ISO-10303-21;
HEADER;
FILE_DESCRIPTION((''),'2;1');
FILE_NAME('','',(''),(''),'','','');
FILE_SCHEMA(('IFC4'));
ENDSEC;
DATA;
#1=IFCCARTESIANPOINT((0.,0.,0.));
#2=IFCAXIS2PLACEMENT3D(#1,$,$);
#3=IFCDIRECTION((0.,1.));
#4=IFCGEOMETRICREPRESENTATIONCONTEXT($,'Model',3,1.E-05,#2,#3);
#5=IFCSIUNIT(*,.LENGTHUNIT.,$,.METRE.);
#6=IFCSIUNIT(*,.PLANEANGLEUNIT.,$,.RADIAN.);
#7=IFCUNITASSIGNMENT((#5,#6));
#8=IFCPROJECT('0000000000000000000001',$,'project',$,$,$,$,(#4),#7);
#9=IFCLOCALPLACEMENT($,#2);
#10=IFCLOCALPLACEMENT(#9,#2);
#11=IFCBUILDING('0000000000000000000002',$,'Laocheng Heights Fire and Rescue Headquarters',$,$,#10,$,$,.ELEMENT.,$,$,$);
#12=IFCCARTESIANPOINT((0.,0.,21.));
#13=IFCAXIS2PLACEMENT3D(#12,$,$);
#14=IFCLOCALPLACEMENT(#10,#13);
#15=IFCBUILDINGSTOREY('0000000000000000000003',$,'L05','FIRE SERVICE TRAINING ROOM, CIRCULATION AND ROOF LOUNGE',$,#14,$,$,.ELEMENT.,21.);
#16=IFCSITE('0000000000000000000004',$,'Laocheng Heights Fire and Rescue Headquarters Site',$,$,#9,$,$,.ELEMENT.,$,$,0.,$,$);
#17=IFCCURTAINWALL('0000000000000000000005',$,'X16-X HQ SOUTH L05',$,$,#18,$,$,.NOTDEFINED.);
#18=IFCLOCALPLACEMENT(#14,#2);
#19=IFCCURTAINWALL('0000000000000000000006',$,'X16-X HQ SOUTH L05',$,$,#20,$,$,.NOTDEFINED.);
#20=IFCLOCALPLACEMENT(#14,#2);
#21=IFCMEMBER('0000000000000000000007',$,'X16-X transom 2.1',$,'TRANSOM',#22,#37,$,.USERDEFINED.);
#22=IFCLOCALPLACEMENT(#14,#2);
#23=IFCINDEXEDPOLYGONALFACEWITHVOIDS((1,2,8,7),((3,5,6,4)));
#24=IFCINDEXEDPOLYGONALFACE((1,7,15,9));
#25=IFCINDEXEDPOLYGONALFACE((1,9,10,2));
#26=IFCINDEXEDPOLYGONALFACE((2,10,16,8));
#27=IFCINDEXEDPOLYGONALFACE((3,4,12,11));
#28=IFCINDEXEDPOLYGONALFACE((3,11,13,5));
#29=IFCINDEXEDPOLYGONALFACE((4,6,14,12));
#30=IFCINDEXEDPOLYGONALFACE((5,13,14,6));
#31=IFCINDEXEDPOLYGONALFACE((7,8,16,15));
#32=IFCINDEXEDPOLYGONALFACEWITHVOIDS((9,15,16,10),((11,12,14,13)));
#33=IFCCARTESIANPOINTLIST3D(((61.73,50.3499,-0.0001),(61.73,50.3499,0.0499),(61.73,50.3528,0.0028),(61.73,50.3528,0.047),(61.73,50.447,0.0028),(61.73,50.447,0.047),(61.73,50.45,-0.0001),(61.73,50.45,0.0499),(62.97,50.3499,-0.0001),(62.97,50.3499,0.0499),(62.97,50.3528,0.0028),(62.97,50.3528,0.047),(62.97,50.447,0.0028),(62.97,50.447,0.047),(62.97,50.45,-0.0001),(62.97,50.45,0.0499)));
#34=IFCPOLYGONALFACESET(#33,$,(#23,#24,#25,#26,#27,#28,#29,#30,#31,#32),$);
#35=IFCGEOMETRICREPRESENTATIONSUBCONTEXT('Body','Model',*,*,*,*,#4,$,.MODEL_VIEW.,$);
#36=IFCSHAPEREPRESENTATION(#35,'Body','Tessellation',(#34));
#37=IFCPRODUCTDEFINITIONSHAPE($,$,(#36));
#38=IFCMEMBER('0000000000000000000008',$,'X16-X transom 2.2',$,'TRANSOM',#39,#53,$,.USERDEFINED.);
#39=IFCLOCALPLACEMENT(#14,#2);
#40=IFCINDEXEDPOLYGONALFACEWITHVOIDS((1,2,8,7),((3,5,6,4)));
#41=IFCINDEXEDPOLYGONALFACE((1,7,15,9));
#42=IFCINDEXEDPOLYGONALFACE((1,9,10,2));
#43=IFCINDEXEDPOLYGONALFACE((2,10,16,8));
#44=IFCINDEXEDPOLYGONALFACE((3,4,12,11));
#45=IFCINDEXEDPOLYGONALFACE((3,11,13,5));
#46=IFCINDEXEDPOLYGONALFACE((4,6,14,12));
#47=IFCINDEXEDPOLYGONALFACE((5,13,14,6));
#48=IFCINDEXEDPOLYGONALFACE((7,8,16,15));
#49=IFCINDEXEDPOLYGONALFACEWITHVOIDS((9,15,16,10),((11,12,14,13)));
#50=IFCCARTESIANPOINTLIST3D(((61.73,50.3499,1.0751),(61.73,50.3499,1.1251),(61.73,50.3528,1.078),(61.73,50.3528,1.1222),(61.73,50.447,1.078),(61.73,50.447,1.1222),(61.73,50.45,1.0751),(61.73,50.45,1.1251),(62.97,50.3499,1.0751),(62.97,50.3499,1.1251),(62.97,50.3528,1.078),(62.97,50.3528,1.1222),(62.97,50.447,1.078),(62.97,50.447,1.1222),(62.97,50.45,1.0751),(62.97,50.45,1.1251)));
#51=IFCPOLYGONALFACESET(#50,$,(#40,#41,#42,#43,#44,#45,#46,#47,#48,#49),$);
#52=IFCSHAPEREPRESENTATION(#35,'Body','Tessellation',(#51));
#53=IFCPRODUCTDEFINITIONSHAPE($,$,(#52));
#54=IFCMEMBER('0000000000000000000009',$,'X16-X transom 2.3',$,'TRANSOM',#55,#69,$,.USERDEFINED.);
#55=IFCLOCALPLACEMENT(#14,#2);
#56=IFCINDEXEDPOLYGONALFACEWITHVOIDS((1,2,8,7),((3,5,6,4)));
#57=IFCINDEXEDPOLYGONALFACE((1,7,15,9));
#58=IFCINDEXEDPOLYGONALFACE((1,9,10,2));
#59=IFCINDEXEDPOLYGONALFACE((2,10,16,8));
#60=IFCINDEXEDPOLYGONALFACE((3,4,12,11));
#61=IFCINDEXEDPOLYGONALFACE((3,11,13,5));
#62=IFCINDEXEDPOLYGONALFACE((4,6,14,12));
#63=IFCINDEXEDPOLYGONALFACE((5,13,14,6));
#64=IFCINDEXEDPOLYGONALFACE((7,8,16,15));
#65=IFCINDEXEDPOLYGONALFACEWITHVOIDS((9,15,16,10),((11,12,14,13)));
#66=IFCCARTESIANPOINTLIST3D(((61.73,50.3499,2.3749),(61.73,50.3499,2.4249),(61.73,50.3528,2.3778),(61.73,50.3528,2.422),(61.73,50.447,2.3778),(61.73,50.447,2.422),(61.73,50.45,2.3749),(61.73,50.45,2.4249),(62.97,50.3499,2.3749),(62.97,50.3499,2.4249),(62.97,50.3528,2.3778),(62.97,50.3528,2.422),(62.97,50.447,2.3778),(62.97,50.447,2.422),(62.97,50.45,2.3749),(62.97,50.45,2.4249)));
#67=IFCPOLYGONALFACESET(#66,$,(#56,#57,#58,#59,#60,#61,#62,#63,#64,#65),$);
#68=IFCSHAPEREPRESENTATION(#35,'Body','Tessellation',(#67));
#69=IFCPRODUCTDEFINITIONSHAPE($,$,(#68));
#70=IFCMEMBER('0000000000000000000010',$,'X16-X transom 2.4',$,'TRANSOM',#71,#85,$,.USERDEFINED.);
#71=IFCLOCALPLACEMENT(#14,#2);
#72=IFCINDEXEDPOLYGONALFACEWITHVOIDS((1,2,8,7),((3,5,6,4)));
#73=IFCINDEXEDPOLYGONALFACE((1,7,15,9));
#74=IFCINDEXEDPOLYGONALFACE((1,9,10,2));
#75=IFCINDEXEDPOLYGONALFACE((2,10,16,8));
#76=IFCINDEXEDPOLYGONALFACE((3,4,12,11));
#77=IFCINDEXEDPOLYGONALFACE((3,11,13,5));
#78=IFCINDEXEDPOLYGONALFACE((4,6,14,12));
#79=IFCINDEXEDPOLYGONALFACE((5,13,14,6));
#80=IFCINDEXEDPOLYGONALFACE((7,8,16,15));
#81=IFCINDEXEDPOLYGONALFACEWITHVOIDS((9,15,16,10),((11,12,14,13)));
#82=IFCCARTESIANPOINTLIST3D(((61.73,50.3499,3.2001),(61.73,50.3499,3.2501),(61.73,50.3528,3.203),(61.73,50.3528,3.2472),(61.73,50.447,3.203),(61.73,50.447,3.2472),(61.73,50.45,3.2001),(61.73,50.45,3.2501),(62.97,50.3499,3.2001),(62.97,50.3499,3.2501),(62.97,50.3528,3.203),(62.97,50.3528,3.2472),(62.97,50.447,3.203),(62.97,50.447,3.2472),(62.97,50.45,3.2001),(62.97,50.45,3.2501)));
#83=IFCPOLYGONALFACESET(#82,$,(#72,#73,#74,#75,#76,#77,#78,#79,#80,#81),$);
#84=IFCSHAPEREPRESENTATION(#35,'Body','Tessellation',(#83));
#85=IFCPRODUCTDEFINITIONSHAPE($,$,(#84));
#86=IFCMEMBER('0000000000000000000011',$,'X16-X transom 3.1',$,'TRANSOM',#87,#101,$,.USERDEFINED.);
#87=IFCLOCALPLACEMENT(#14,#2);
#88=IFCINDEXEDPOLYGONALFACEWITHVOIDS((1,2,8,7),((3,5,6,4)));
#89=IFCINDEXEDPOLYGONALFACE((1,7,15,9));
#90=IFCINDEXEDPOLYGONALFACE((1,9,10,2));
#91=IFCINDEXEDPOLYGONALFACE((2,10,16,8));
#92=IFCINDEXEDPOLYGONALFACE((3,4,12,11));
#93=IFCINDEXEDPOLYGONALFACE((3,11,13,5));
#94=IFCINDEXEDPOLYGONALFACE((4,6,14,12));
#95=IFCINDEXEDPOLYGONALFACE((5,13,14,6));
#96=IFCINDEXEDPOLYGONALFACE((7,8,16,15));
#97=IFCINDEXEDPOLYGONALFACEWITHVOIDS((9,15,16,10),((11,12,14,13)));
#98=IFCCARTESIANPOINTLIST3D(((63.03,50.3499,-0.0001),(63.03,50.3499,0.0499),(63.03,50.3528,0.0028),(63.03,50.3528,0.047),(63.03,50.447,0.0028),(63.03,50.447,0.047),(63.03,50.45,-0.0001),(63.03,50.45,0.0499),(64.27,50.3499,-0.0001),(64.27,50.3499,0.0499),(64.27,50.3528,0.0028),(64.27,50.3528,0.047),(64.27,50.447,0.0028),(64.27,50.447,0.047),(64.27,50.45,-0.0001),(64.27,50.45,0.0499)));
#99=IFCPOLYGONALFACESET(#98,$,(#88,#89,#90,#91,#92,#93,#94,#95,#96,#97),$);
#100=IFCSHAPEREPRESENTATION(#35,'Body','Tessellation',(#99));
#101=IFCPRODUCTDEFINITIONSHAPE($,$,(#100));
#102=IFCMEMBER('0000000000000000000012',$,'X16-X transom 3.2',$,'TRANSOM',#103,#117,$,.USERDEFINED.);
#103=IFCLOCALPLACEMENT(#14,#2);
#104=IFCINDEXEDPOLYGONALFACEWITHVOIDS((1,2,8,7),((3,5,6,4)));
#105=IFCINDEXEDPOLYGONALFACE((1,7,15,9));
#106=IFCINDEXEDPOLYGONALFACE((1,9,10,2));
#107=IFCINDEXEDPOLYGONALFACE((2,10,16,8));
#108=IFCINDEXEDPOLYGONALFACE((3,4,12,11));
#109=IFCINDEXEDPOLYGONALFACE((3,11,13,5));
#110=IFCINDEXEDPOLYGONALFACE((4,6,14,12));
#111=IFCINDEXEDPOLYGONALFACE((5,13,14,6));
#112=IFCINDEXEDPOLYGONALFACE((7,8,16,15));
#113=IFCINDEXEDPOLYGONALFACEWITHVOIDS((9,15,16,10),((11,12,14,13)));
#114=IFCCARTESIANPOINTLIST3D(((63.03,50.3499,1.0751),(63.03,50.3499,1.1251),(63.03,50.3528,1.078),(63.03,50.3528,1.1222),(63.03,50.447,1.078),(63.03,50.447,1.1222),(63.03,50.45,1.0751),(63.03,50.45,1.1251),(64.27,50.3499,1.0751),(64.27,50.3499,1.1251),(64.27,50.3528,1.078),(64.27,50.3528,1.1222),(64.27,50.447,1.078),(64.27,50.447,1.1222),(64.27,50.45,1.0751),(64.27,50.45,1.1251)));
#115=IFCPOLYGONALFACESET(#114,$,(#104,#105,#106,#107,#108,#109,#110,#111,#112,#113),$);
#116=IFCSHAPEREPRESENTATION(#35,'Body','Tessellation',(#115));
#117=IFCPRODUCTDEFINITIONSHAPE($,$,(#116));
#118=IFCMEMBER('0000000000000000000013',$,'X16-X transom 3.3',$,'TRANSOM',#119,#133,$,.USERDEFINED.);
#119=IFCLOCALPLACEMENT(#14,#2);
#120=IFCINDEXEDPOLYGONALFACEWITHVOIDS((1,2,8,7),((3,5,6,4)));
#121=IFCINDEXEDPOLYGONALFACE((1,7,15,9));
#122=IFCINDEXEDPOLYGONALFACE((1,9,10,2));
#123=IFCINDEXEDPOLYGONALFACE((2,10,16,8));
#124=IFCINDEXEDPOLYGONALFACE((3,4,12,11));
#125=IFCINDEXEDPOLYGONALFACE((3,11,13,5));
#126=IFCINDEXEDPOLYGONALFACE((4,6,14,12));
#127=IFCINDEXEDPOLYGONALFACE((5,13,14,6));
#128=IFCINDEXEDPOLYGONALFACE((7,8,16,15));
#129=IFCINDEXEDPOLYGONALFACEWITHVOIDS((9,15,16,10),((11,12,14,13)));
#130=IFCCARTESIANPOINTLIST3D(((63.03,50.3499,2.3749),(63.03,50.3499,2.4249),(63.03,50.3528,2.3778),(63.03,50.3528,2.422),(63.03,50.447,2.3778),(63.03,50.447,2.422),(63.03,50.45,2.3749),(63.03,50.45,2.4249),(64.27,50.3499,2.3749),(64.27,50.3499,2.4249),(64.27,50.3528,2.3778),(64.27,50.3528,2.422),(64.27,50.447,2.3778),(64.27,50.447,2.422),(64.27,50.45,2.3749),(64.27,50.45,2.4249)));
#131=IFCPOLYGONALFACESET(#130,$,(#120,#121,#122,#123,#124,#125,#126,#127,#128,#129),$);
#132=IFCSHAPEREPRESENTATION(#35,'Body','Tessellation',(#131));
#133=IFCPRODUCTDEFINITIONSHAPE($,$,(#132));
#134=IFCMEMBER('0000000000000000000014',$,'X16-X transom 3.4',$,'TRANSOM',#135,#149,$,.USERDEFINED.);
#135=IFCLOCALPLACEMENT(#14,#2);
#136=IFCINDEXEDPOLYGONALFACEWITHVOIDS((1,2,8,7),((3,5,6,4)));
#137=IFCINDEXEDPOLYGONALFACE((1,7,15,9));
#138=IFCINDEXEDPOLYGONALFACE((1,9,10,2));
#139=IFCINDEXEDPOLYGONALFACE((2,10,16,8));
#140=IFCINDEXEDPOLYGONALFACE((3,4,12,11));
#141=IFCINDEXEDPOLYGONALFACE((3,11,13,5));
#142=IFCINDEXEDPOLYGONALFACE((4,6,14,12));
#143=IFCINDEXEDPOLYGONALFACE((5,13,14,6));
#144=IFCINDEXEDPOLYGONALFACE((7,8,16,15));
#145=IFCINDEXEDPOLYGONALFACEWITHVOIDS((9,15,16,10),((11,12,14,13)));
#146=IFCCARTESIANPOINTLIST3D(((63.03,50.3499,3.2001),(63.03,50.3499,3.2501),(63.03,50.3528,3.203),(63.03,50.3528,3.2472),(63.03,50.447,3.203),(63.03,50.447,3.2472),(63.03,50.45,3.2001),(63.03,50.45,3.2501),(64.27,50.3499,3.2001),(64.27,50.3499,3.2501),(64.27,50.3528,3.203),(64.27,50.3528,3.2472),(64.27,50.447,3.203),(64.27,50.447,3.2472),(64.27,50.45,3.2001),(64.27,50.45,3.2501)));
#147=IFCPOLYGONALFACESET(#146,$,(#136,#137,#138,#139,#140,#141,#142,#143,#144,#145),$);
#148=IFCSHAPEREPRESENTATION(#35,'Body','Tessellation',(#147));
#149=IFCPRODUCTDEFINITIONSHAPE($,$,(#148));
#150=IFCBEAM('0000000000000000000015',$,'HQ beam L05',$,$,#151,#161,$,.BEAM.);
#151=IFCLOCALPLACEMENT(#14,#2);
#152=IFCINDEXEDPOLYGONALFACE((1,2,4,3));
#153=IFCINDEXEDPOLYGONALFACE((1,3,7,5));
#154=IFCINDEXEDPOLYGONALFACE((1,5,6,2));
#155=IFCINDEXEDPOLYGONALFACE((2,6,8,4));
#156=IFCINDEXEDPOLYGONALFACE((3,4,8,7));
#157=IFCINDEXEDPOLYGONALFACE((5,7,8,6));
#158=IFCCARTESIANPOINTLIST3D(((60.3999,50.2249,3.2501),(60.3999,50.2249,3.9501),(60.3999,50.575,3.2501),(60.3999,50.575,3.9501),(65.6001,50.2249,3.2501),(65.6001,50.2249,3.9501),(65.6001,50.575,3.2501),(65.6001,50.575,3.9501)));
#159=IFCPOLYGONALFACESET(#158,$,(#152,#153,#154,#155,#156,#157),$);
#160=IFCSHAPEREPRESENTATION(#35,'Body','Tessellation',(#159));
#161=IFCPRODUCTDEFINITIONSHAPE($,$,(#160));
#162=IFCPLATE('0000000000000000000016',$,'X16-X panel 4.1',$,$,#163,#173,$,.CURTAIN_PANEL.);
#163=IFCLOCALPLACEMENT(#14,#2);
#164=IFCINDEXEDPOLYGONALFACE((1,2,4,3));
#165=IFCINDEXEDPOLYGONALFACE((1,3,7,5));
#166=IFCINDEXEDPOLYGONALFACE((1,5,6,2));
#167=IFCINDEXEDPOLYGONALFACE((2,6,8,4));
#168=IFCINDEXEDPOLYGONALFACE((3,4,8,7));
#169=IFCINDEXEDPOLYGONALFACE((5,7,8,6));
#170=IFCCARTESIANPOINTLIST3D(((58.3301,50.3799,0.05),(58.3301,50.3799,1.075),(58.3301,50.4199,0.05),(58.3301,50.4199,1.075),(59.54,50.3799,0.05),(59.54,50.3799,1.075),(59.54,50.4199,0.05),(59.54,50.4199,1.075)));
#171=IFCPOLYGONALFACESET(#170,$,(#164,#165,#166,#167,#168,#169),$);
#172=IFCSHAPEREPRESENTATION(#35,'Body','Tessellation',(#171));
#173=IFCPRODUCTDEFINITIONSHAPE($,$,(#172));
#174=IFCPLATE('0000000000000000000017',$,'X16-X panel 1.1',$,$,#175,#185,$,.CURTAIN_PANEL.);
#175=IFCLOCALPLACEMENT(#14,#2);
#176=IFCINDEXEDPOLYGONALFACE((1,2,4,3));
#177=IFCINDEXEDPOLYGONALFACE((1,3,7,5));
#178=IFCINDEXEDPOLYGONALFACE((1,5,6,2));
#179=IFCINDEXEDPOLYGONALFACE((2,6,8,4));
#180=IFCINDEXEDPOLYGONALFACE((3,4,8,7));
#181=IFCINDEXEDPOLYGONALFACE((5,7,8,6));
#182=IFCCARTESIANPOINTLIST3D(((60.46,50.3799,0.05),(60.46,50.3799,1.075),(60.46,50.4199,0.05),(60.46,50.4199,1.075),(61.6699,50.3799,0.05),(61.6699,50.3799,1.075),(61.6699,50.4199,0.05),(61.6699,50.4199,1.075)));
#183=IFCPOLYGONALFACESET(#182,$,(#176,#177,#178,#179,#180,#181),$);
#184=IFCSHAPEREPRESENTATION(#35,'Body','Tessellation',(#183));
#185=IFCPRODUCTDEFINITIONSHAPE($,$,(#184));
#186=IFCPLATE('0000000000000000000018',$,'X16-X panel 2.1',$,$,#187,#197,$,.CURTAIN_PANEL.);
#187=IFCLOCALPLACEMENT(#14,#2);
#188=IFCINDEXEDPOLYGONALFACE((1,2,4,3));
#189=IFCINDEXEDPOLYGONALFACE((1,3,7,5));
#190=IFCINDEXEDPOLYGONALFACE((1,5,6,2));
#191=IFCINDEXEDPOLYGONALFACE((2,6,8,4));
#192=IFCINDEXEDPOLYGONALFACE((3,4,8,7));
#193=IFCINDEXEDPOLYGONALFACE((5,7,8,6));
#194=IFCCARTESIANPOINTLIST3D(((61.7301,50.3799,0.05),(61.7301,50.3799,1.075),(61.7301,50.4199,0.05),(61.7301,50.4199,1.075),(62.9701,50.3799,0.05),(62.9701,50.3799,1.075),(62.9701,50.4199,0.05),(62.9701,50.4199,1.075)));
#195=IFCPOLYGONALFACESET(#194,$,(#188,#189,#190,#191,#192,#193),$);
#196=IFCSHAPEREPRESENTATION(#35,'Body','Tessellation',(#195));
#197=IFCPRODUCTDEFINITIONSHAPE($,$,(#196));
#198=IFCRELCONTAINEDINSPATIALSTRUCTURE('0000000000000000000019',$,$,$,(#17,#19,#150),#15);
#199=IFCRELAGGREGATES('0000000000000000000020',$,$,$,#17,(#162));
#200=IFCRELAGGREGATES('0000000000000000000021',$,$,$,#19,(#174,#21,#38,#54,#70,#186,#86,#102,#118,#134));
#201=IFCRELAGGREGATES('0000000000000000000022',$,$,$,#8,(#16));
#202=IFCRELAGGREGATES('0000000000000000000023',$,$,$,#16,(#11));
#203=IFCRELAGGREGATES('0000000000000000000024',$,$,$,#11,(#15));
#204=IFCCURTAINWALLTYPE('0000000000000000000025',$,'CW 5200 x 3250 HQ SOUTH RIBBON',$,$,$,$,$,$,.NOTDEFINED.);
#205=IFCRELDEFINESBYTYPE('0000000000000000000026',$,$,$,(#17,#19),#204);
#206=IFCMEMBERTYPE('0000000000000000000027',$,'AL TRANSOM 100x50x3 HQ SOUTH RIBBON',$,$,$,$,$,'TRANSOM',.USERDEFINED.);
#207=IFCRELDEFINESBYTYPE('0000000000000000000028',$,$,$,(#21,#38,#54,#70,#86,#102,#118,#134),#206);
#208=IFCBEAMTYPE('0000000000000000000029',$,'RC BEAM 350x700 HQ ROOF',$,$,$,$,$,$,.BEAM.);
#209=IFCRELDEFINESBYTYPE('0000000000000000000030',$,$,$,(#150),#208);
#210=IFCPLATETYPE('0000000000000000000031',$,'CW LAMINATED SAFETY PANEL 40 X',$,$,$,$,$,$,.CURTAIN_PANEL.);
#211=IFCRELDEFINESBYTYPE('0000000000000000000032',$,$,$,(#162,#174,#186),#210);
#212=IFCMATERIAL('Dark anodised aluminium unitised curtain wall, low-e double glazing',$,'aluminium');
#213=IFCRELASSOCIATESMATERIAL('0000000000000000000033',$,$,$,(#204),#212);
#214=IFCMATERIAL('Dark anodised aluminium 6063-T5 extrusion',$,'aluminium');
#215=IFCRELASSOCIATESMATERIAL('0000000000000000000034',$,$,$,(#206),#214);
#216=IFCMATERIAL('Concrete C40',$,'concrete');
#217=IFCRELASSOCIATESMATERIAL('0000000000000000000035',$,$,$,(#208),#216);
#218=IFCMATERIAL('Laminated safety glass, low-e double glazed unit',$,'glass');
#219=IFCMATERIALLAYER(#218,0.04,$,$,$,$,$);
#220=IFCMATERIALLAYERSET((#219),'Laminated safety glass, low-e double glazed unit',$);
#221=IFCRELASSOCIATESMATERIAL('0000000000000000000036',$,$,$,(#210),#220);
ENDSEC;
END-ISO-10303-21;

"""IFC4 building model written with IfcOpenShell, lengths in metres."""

from ifc_helpers import new_model, si_unit, direction, frame, origin, origin_2d, place, context, subcontext, project, spatial, rectangle, hollow_rectangle, extrude, material, layer, layer_set, material_profile, profile_set, type_object, element, aggregate, save


model = new_model("IFC4")

# Units and contexts
model_context = context("Model", 3, precision=1e-05, world=origin(), true_north=direction((0.0, 1.0)))
body_context = subcontext(model_context, "Body", "Model", "MODEL_VIEW")
ifc_project = project(units=[si_unit("LENGTHUNIT", "METRE"), si_unit("PLANEANGLEUNIT", "RADIAN")], contexts=[model_context])

# Site, building, storey
site_placement = place(None, origin())
site = spatial("IfcSite", under=ifc_project, at=site_placement, Name="Laocheng Heights Fire and Rescue Headquarters Site", CompositionType="ELEMENT", RefElevation=0.0)
building_placement = place(site_placement, origin())
building = spatial("IfcBuilding", under=site, at=building_placement, Name="Laocheng Heights Fire and Rescue Headquarters", CompositionType="ELEMENT")
storey_placement = place(building_placement, frame((0.0, 0.0, 21.0)))
storey = spatial("IfcBuildingStorey", under=building, at=storey_placement, Name="L05", Description="FIRE SERVICE TRAINING ROOM, CIRCULATION AND ROOF LOUNGE", CompositionType="ELEMENT", Elevation=21.0)

# Curtain wall
ifc_material_1 = material(Name="Dark anodised aluminium unitised curtain wall, low-e double glazing", Category="aluminium")
curtain_wall_type = type_object("IfcCurtainWallType", Name="CW 5200 x 3250 HQ SOUTH RIBBON", PredefinedType="NOTDEFINED", material=ifc_material_1)
curtain_wall_1_placement = place(storey_placement, origin())
curtain_wall_1 = element("IfcCurtainWall", 1, at=curtain_wall_1_placement, inside=storey, type_object=curtain_wall_type, Name="X16-X HQ SOUTH L05", PredefinedType="NOTDEFINED")

# Curtain wall
curtain_wall_2_placement = place(storey_placement, origin())
curtain_wall_2 = element("IfcCurtainWall", 2, at=curtain_wall_2_placement, inside=storey, type_object=curtain_wall_type, Name="X16-X HQ SOUTH L05", PredefinedType="NOTDEFINED")

# Members
ifc_material_2 = material(Name="Dark anodised aluminium 6063-T5 extrusion", Category="aluminium")
ifc_material_profile_1 = material_profile(ifc_material_2, hollow_rectangle(XDim=0.1001, YDim=0.05, WallThickness=0.0029, at=origin_2d()), Name="AL TRANSOM 100x50x3 HQ SOUTH RIBBON")
ifc_profile_set_1 = profile_set([ifc_material_profile_1], Name="Dark anodised aluminium 6063-T5 extrusion")
member_type_1 = type_object("IfcMemberType", Name="AL TRANSOM 100x50x3 HQ SOUTH RIBBON", ElementType="TRANSOM", PredefinedType="USERDEFINED", material=ifc_profile_set_1)
member_1_placement = place(storey_placement, frame((61.73, 50.3999, 0.0249), z_axis=(1.0, 0.0, 0.0), x_axis=(0.0, 1.0, 0.0)))
member_1 = element("IfcMember", 3, at=member_1_placement, type_object=member_type_1, Name="X16-X transom 2.1", ObjectType="TRANSOM", PredefinedType="USERDEFINED", context=body_context, shape_type="SweptSolid", body=[
    extrude(hollow_rectangle(XDim=0.1001, YDim=0.05, WallThickness=0.0029, at=origin_2d()), origin(), (0.0, 0.0, 1.0), 1.24),
])
member_2_placement = place(storey_placement, frame((61.73, 50.3999, 1.1001), z_axis=(1.0, 0.0, 0.0), x_axis=(0.0, 1.0, 0.0)))
member_2 = element("IfcMember", 4, at=member_2_placement, type_object=member_type_1, Name="X16-X transom 2.2", ObjectType="TRANSOM", PredefinedType="USERDEFINED", context=body_context, shape_type="SweptSolid", body=[
    extrude(hollow_rectangle(XDim=0.1001, YDim=0.05, WallThickness=0.0029, at=origin_2d()), origin(), (0.0, 0.0, 1.0), 1.24),
])
member_3_placement = place(storey_placement, frame((61.73, 50.3999, 2.3999), z_axis=(1.0, 0.0, 0.0), x_axis=(0.0, 1.0, 0.0)))
member_3 = element("IfcMember", 5, at=member_3_placement, type_object=member_type_1, Name="X16-X transom 2.3", ObjectType="TRANSOM", PredefinedType="USERDEFINED", context=body_context, shape_type="SweptSolid", body=[
    extrude(hollow_rectangle(XDim=0.1001, YDim=0.05, WallThickness=0.0029, at=origin_2d()), origin(), (0.0, 0.0, 1.0), 1.24),
])
member_4_placement = place(storey_placement, frame((61.73, 50.3999, 3.2251), z_axis=(1.0, 0.0, 0.0), x_axis=(0.0, 1.0, 0.0)))
member_4 = element("IfcMember", 6, at=member_4_placement, type_object=member_type_1, Name="X16-X transom 2.4", ObjectType="TRANSOM", PredefinedType="USERDEFINED", context=body_context, shape_type="SweptSolid", body=[
    extrude(hollow_rectangle(XDim=0.1001, YDim=0.05, WallThickness=0.0029, at=origin_2d()), origin(), (0.0, 0.0, 1.0), 1.24),
])
member_5_placement = place(storey_placement, frame((63.03, 50.3999, 0.0249), z_axis=(1.0, 0.0, 0.0), x_axis=(0.0, 1.0, 0.0)))
member_5 = element("IfcMember", 7, at=member_5_placement, type_object=member_type_1, Name="X16-X transom 3.1", ObjectType="TRANSOM", PredefinedType="USERDEFINED", context=body_context, shape_type="SweptSolid", body=[
    extrude(hollow_rectangle(XDim=0.1001, YDim=0.05, WallThickness=0.0029, at=origin_2d()), origin(), (0.0, 0.0, 1.0), 1.24),
])
member_6_placement = place(storey_placement, frame((63.03, 50.3999, 1.1001), z_axis=(1.0, 0.0, 0.0), x_axis=(0.0, 1.0, 0.0)))
member_6 = element("IfcMember", 8, at=member_6_placement, type_object=member_type_1, Name="X16-X transom 3.2", ObjectType="TRANSOM", PredefinedType="USERDEFINED", context=body_context, shape_type="SweptSolid", body=[
    extrude(hollow_rectangle(XDim=0.1001, YDim=0.05, WallThickness=0.0029, at=origin_2d()), origin(), (0.0, 0.0, 1.0), 1.24),
])
member_7_placement = place(storey_placement, frame((63.03, 50.3999, 2.3999), z_axis=(1.0, 0.0, 0.0), x_axis=(0.0, 1.0, 0.0)))
member_7 = element("IfcMember", 9, at=member_7_placement, type_object=member_type_1, Name="X16-X transom 3.3", ObjectType="TRANSOM", PredefinedType="USERDEFINED", context=body_context, shape_type="SweptSolid", body=[
    extrude(hollow_rectangle(XDim=0.1001, YDim=0.05, WallThickness=0.0029, at=origin_2d()), origin(), (0.0, 0.0, 1.0), 1.24),
])
member_8_placement = place(storey_placement, frame((63.03, 50.3999, 3.2251), z_axis=(1.0, 0.0, 0.0), x_axis=(0.0, 1.0, 0.0)))
member_8 = element("IfcMember", 10, at=member_8_placement, type_object=member_type_1, Name="X16-X transom 3.4", ObjectType="TRANSOM", PredefinedType="USERDEFINED", context=body_context, shape_type="SweptSolid", body=[
    extrude(hollow_rectangle(XDim=0.1001, YDim=0.05, WallThickness=0.0029, at=origin_2d()), origin(), (0.0, 0.0, 1.0), 1.24),
])

# Beam
ifc_material_3 = material(Name="Concrete C40", Category="concrete")
ifc_material_profile_2 = material_profile(ifc_material_3, rectangle(XDim=0.3501, YDim=0.7, at=origin_2d()), Name="RC BEAM 350x700 HQ ROOF")
ifc_profile_set_2 = profile_set([ifc_material_profile_2], Name="Concrete C40")
beam_type = type_object("IfcBeamType", Name="RC BEAM 350x700 HQ ROOF", PredefinedType="BEAM", material=ifc_profile_set_2)
beam_placement = place(storey_placement, frame((60.3999, 50.3999, 3.6001), z_axis=(1.0, 0.0, 0.0), x_axis=(0.0, 1.0, 0.0)))
element("IfcBeam", 11, at=beam_placement, inside=storey, type_object=beam_type, Name="HQ beam L05", PredefinedType="BEAM", context=body_context, shape_type="SweptSolid", body=[
    extrude(rectangle(XDim=0.3501, YDim=0.7, at=origin_2d()), origin(), (0.0, 0.0, 1.0), 5.2002),
])

# Plates
ifc_material_4 = material(Name="Laminated safety glass, low-e double glazed unit", Category="glass")
ifc_layer_1 = layer(ifc_material_4, 0.04)
ifc_layer_set_1 = layer_set([ifc_layer_1], Name="Laminated safety glass, low-e double glazed unit")
plate_type_1 = type_object("IfcPlateType", Name="CW LAMINATED SAFETY PANEL 40 X", PredefinedType="CURTAIN_PANEL", material=ifc_layer_set_1)
plate_1_placement = place(storey_placement, frame((58.9351, 50.3999, 0.05), z_axis=(0.0, 0.0, 1.0), x_axis=(1.0, 0.0, 0.0)))
plate_1 = element("IfcPlate", 12, at=plate_1_placement, type_object=plate_type_1, Name="X16-X panel 4.1", PredefinedType="CURTAIN_PANEL", context=body_context, shape_type="SweptSolid", body=[
    extrude(rectangle(XDim=1.21, YDim=0.04, at=origin_2d()), origin(), (0.0, 0.0, 1.0), 1.0249),
])
plate_2_placement = place(storey_placement, frame((61.0649, 50.3999, 0.05), z_axis=(0.0, 0.0, 1.0), x_axis=(1.0, 0.0, 0.0)))
plate_2 = element("IfcPlate", 13, at=plate_2_placement, type_object=plate_type_1, Name="X16-X panel 1.1", PredefinedType="CURTAIN_PANEL", context=body_context, shape_type="SweptSolid", body=[
    extrude(rectangle(XDim=1.21, YDim=0.04, at=origin_2d()), origin(), (0.0, 0.0, 1.0), 1.0249),
])
plate_3_placement = place(storey_placement, frame((62.3501, 50.3999, 0.05), z_axis=(0.0, 0.0, 1.0), x_axis=(1.0, 0.0, 0.0)))
plate_3 = element("IfcPlate", 14, at=plate_3_placement, type_object=plate_type_1, Name="X16-X panel 2.1", PredefinedType="CURTAIN_PANEL", context=body_context, shape_type="SweptSolid", body=[
    extrude(rectangle(XDim=1.24, YDim=0.04, at=origin_2d()), origin(), (0.0, 0.0, 1.0), 1.0249),
])
aggregate(curtain_wall_1, [plate_1])
aggregate(curtain_wall_2, [plate_2, member_1, member_2, member_3, member_4, plate_3, member_5, member_6, member_7, member_8])

save(model, "model.ifc")
